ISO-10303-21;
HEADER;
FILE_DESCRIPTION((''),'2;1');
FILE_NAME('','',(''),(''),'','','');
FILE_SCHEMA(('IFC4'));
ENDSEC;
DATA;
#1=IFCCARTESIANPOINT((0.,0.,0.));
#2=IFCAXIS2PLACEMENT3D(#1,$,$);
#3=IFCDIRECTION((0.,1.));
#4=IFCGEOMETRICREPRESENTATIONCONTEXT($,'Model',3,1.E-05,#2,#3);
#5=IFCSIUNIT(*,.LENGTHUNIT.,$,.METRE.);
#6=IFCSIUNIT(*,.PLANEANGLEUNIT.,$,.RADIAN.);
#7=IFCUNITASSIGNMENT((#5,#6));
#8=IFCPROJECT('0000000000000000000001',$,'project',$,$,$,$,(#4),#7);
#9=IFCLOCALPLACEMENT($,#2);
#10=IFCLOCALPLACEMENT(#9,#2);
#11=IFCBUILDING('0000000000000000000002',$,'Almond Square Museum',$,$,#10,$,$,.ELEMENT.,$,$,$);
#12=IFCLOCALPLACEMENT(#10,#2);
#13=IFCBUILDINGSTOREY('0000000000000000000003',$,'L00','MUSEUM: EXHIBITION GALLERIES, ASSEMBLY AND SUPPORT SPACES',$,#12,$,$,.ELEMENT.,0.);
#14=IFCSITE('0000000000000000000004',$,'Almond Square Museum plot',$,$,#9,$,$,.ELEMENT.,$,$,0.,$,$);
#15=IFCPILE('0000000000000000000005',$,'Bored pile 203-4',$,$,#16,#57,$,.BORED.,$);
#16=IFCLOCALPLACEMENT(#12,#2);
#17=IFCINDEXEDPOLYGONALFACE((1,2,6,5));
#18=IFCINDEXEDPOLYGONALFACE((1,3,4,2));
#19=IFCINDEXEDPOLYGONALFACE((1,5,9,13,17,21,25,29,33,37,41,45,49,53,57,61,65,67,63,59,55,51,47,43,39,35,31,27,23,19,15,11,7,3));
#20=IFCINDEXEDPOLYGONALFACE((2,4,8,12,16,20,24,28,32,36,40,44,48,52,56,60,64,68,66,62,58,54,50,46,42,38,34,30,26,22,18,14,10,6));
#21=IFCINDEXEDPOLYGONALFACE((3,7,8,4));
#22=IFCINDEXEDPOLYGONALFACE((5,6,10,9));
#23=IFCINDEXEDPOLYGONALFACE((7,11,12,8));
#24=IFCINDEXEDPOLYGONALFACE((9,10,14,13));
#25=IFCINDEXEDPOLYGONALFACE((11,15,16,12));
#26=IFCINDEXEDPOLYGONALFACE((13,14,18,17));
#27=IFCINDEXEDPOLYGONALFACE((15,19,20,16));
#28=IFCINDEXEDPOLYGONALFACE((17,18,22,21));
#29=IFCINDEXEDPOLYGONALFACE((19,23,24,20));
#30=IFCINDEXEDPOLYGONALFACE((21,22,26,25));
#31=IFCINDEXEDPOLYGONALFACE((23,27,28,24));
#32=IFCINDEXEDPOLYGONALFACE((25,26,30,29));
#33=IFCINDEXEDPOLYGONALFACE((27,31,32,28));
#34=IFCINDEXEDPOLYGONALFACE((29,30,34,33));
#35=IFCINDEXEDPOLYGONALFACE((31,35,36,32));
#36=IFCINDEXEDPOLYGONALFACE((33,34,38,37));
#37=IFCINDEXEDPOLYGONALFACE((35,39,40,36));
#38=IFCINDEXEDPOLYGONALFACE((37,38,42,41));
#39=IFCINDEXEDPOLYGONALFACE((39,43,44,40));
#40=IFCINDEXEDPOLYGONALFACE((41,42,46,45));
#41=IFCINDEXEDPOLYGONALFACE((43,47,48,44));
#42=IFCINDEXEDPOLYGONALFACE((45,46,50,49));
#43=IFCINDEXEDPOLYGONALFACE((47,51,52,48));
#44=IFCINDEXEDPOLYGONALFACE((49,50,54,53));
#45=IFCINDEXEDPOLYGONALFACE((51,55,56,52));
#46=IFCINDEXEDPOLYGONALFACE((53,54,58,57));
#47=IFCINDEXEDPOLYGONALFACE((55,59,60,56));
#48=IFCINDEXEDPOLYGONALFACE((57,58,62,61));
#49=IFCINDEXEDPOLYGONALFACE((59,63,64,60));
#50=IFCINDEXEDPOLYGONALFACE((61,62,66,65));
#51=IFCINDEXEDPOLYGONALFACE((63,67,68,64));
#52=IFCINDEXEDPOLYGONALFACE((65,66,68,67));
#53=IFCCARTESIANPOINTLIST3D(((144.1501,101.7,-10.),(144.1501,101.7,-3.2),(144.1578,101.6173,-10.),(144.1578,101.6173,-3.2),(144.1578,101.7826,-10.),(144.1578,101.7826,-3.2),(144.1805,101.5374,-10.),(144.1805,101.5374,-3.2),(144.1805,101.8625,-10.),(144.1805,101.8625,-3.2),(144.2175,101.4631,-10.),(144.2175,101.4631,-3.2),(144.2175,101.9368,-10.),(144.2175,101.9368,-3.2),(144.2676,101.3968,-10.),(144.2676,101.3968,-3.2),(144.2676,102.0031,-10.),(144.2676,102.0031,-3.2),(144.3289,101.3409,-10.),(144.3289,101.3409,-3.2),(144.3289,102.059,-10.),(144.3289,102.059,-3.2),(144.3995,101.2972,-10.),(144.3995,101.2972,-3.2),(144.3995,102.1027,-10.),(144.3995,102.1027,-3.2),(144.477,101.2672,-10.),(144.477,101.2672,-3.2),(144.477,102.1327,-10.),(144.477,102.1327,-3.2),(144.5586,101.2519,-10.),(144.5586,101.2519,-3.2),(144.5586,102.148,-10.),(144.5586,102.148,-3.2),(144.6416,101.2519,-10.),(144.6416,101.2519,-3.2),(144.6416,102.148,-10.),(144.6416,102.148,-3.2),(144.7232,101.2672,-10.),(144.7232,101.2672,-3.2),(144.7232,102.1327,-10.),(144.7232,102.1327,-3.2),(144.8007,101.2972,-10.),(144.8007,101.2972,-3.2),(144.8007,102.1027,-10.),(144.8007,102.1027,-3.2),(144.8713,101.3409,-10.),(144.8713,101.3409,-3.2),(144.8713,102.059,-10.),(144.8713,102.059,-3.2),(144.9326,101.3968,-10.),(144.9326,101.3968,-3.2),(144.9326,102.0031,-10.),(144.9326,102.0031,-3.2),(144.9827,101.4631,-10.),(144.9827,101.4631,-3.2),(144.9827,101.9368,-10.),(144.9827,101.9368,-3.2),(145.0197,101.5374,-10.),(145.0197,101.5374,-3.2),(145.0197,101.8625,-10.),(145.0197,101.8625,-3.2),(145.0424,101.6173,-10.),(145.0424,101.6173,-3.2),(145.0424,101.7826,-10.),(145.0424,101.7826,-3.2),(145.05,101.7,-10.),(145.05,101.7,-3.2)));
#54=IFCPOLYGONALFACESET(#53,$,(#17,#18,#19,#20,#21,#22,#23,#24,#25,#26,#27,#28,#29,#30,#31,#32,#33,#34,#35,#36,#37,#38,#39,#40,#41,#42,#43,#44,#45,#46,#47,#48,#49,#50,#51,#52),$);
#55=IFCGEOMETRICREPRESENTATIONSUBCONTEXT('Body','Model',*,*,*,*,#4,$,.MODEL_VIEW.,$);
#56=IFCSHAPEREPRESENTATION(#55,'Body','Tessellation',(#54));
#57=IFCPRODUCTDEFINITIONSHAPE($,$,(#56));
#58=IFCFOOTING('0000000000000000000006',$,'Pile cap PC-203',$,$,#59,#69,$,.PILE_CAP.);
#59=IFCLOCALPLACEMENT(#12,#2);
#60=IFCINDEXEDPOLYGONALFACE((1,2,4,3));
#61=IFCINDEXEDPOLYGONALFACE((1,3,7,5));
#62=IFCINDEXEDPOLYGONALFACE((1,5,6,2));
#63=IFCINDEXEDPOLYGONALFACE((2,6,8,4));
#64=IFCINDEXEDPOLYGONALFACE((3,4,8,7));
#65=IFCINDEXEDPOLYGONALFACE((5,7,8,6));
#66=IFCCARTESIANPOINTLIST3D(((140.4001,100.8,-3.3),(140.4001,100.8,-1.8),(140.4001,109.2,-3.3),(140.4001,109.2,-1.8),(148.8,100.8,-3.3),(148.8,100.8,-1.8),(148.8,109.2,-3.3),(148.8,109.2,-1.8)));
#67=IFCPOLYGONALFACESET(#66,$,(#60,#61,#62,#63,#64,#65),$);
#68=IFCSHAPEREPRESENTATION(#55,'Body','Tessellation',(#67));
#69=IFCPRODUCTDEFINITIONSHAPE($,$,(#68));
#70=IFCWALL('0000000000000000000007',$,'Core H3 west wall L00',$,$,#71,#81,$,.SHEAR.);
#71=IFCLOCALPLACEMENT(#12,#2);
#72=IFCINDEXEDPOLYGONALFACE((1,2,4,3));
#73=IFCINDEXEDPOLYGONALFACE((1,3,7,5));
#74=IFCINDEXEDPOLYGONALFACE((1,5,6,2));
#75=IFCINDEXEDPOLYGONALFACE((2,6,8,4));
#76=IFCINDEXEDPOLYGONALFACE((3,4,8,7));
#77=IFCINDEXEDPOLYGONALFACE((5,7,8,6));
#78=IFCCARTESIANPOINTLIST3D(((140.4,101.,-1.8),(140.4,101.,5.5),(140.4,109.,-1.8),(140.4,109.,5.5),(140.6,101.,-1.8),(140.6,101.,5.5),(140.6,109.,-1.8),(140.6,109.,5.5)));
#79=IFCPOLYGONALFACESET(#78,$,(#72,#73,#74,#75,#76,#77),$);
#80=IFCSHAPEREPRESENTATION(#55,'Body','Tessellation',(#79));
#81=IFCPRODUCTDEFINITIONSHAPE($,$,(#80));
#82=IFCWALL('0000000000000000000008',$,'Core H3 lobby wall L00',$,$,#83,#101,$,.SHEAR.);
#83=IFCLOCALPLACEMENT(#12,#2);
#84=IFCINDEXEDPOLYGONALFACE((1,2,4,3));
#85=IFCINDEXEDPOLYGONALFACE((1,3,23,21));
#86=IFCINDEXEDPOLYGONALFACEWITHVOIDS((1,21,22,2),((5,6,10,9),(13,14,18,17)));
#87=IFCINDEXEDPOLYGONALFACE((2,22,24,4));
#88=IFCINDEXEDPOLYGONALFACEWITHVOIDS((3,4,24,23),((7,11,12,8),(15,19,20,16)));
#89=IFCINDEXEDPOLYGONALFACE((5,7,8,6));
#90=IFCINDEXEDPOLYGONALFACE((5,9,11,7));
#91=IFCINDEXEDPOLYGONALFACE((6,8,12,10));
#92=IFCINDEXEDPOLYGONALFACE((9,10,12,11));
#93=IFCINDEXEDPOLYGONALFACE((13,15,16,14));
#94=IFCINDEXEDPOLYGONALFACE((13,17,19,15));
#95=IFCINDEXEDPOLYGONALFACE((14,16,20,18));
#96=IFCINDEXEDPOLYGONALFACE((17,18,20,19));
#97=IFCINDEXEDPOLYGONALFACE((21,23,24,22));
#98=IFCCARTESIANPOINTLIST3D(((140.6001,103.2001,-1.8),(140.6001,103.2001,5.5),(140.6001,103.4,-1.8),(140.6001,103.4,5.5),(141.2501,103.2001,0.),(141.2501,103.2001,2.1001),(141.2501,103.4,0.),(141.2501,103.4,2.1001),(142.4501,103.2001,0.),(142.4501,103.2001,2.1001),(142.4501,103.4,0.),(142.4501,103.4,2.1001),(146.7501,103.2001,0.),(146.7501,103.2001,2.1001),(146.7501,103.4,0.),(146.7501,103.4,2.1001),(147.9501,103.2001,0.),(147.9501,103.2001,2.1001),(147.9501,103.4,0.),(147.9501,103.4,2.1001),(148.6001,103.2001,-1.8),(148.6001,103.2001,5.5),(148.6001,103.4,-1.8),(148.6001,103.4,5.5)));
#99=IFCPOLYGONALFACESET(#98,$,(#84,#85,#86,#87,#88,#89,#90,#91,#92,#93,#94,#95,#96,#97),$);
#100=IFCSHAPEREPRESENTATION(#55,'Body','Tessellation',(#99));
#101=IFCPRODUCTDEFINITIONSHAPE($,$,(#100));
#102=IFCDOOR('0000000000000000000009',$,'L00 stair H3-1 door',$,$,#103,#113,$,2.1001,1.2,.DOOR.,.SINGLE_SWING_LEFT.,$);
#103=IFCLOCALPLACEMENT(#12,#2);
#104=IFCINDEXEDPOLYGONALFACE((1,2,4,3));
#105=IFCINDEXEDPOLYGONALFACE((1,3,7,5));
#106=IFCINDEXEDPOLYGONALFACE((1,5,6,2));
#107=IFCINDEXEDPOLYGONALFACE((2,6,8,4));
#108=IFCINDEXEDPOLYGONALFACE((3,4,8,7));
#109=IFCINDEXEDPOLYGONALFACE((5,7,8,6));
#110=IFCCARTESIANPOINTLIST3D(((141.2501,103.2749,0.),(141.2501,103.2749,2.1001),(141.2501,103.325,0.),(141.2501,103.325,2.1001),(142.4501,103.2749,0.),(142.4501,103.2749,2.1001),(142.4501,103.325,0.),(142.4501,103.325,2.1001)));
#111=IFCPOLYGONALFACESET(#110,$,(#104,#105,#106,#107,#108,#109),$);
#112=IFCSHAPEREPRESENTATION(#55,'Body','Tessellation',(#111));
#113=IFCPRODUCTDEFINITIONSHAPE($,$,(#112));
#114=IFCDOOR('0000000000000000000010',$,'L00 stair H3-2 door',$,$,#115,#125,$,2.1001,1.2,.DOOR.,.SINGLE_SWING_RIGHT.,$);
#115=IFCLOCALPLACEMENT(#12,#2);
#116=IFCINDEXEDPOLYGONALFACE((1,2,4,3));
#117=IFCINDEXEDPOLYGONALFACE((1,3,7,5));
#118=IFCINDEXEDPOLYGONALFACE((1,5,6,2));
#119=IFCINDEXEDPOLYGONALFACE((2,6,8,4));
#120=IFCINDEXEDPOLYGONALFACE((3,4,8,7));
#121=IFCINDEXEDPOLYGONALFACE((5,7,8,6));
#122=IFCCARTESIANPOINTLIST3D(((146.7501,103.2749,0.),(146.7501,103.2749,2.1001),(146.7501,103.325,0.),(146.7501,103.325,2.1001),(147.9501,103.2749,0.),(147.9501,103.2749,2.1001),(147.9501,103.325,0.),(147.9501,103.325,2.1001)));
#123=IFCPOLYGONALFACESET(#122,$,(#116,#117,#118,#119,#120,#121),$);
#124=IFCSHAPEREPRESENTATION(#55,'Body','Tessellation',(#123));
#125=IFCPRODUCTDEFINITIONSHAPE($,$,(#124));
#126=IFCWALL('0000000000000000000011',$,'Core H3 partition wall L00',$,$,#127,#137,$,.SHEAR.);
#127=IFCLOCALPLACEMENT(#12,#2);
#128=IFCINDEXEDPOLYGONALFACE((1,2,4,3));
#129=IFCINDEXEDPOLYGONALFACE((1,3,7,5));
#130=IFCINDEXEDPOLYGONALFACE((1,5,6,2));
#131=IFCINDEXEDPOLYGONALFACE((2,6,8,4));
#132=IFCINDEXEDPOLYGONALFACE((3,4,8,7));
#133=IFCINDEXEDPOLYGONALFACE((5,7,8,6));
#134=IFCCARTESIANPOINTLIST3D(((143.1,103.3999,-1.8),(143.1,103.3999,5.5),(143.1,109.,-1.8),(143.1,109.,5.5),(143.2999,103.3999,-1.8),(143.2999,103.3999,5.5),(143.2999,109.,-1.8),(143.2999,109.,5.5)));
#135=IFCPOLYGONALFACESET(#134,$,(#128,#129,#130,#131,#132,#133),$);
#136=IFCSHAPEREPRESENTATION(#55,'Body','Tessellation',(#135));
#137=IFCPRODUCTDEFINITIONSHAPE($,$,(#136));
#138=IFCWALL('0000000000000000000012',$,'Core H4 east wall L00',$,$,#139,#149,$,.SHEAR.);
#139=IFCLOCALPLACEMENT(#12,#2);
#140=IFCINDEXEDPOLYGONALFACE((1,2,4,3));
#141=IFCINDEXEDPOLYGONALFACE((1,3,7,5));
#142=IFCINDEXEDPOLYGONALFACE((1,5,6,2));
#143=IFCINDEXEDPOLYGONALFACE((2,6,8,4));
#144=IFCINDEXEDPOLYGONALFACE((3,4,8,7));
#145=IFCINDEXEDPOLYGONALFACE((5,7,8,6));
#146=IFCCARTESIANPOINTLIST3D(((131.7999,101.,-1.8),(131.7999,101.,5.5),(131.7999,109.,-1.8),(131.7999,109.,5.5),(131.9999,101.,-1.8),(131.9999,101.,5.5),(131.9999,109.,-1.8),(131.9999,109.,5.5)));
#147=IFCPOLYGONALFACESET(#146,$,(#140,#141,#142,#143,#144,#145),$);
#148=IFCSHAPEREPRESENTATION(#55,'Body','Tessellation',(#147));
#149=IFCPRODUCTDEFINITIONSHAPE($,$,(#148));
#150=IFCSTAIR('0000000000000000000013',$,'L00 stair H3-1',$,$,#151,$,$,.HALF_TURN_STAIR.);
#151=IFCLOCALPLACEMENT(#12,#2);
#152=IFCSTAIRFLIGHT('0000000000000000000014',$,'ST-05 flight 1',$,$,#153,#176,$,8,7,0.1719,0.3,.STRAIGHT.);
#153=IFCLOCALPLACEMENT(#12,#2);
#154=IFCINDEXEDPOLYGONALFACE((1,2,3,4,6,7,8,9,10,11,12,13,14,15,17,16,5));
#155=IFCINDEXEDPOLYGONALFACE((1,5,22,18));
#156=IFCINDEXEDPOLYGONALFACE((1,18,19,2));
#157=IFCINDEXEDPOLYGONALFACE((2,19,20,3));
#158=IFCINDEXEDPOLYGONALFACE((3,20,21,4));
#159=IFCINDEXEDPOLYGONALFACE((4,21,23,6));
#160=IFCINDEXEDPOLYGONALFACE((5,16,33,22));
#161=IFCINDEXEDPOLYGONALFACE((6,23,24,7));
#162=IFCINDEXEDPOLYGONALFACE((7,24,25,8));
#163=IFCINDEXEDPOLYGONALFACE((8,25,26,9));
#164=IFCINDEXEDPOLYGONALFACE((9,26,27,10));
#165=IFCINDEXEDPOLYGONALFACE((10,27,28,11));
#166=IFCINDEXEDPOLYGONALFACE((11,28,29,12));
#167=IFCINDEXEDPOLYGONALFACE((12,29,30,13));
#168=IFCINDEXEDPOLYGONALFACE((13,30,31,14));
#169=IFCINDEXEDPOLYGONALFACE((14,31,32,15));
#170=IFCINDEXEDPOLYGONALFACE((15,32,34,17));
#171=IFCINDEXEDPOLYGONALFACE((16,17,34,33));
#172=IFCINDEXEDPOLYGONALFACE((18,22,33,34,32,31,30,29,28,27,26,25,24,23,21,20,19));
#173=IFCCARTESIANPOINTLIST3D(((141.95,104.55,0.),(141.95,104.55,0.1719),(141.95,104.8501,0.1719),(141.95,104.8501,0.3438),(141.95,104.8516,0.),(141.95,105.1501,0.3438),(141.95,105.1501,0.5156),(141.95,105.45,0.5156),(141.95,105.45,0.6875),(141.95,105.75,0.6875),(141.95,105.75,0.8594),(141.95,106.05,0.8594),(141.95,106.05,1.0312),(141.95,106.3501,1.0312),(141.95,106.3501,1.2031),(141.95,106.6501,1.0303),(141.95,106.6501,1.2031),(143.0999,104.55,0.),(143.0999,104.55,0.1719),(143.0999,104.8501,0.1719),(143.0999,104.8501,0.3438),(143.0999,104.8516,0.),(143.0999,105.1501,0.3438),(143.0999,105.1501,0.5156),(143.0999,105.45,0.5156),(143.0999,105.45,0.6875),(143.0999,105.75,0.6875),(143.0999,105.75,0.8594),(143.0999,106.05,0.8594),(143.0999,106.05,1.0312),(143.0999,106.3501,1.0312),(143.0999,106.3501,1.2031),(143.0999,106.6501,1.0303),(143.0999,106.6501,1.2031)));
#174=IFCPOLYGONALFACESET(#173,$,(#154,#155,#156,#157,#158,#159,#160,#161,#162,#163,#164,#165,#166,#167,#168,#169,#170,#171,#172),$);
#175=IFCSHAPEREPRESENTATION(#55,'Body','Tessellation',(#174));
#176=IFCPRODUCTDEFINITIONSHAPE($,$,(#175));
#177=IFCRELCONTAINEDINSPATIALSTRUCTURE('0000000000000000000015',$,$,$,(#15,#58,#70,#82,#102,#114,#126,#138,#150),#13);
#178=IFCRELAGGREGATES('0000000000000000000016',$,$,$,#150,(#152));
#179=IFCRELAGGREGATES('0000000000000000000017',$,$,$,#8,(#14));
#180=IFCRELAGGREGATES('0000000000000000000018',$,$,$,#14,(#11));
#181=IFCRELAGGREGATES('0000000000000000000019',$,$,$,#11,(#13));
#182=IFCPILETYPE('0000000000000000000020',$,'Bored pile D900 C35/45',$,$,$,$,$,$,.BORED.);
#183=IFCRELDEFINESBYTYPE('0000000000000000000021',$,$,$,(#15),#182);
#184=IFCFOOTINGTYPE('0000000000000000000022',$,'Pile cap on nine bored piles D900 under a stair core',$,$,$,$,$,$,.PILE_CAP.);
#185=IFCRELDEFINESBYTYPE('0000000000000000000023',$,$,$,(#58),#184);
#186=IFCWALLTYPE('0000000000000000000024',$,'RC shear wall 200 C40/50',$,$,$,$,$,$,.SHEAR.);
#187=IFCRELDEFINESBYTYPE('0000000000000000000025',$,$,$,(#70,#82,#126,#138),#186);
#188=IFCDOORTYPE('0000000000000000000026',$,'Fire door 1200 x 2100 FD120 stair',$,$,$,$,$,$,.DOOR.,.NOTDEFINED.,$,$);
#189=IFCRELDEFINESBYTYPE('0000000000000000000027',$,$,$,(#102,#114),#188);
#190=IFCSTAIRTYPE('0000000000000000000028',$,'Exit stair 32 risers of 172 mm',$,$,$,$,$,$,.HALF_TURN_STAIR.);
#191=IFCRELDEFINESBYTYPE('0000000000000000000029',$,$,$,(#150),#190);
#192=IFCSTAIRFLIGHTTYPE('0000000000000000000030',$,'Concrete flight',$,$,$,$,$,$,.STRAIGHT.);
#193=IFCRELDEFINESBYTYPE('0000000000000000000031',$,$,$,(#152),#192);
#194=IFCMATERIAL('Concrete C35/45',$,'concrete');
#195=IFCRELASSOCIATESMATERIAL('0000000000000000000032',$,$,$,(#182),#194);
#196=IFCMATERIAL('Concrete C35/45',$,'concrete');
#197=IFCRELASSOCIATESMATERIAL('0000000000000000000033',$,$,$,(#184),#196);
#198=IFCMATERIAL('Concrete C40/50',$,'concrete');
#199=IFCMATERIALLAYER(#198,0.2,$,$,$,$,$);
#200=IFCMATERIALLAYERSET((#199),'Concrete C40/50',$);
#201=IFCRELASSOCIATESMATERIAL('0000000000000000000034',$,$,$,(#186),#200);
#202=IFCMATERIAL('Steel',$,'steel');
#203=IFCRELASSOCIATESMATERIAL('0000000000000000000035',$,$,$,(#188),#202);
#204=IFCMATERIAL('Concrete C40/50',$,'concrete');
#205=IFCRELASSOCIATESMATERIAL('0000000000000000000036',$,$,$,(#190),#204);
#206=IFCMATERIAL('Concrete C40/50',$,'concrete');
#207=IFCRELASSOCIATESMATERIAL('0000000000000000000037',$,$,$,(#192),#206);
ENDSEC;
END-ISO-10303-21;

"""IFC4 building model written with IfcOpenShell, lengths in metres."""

from ifc_helpers import new_model, si_unit, direction, frame, frame_2d, origin, origin_2d, place, context, subcontext, project, spatial, polyline, rectangle, circle, outline, extrude, material, layer, layer_set, material_profile, profile_set, type_object, element, fill, aggregate, save


model = new_model("IFC4")

# Units and contexts
model_context = context("Model", 3, precision=1e-05, world=origin(), true_north=direction((0.0, 1.0)))
body_context = subcontext(model_context, "Body", "Model", "MODEL_VIEW")
ifc_project = project(units=[si_unit("LENGTHUNIT", "METRE"), si_unit("PLANEANGLEUNIT", "RADIAN")], contexts=[model_context])

# Site, building, storey
site_placement = place(None, origin())
site = spatial("IfcSite", under=ifc_project, at=site_placement, Name="Almond Square Museum plot", CompositionType="ELEMENT", RefElevation=0.0)
building_placement = place(site_placement, origin())
building = spatial("IfcBuilding", under=site, at=building_placement, Name="Almond Square Museum", CompositionType="ELEMENT")
storey_placement = place(building_placement, origin())
storey = spatial("IfcBuildingStorey", under=building, at=storey_placement, Name="L00", Description="MUSEUM: EXHIBITION GALLERIES, ASSEMBLY AND SUPPORT SPACES", CompositionType="ELEMENT", Elevation=0.0)

# Pile
ifc_material_1 = material(Name="Concrete C35/45", Category="concrete")
ifc_material_profile = material_profile(ifc_material_1, circle(Radius=0.45, at=origin_2d()))
ifc_profile_set = profile_set([ifc_material_profile], Name="Concrete C35/45")
pile_type = type_object("IfcPileType", Name="Bored pile D900 C35/45", PredefinedType="BORED", material=ifc_profile_set)
for number, where, z_axis, x_axis, name in (
    (1, (144.6001, 101.7, -3.2), (0.0, 0.0, -1.0), (1.0, 0.0, 0.0), "Bored pile 203-4"),
):
    element("IfcPile", number, at=place(storey_placement, frame(where, z_axis=z_axis, x_axis=x_axis)), inside=storey, type_object=pile_type, Name=name, PredefinedType="BORED", context=body_context, shape_type="SweptSolid", body=[
        extrude(circle(Radius=0.45, at=origin_2d()), origin(), (0.0, 0.0, 1.0), 6.8),
    ])

# Footing
ifc_material_2 = material(Name="Concrete C35/45", Category="concrete")
footing_type = type_object("IfcFootingType", Name="Pile cap on nine bored piles D900 under a stair core", PredefinedType="PILE_CAP", material=ifc_material_2)
footing_placement = place(storey_placement, frame((144.6001, 105.0, -3.3), z_axis=(0.0, 0.0, 1.0), x_axis=(1.0, 0.0, 0.0)))
element("IfcFooting", 2, at=footing_placement, inside=storey, type_object=footing_type, Name="Pile cap PC-203", PredefinedType="PILE_CAP", context=body_context, shape_type="SweptSolid", body=[
    extrude(rectangle(XDim=8.3999, YDim=8.3999, at=origin_2d()), origin(), (0.0, 0.0, 1.0), 1.5),
])

# Wall
ifc_material_3 = material(Name="Concrete C40/50", Category="concrete")
ifc_layer = layer(ifc_material_3, 0.2)
ifc_layer_set = layer_set([ifc_layer], Name="Concrete C40/50")
wall_type = type_object("IfcWallType", Name="RC shear wall 200 C40/50", PredefinedType="SHEAR", material=ifc_layer_set)
wall_1_placement = place(storey_placement, frame((140.5, 101.0, -1.8), z_axis=(0.0, 0.0, 1.0), x_axis=(0.0, 1.0, 0.0)))
element("IfcWall", 3, at=wall_1_placement, inside=storey, type_object=wall_type, Name="Core H3 west wall L00", PredefinedType="SHEAR", context=body_context, shape_type="SweptSolid", body=[
    extrude(rectangle(XDim=8.0, YDim=0.2, at=frame_2d((4.0, 0.0))), origin(), (0.0, 0.0, 1.0), 7.3),
])

# Wall, openings, doors
wall_2_placement = place(storey_placement, frame((140.6001, 103.3, -1.8), z_axis=(0.0, 0.0, 1.0), x_axis=(1.0, 0.0, 0.0)))
wall_2 = element("IfcWall", 4, at=wall_2_placement, inside=storey, type_object=wall_type, Name="Core H3 lobby wall L00", PredefinedType="SHEAR", context=body_context, shape_type="SweptSolid", body=[
    extrude(rectangle(XDim=8.0, YDim=0.2, at=frame_2d((4.0, 0.0))), origin(), (0.0, 0.0, 1.0), 7.3),
])
opening_1_placement = place(wall_2_placement, frame((0.6499, 0.0, 1.8)))
opening_1 = element("IfcOpeningElement", 5, at=opening_1_placement, cuts=wall_2, PredefinedType="OPENING", context=body_context, shape_type="SweptSolid", body=[
    extrude(rectangle(XDim=1.2, YDim=2.1001, at=frame_2d((0.6001, 1.05))), frame((0.0, 0.1099, 0.0), z_axis=(0.0, -1.0, 0.0), x_axis=(1.0, 0.0, 0.0)), (0.0, 0.0, 1.0), 0.22),
])
opening_2_placement = place(wall_2_placement, frame((6.1499, 0.0, 1.8)))
opening_2 = element("IfcOpeningElement", 6, at=opening_2_placement, cuts=wall_2, PredefinedType="OPENING", context=body_context, shape_type="SweptSolid", body=[
    extrude(rectangle(XDim=1.2, YDim=2.1001, at=frame_2d((0.6001, 1.05))), frame((0.0, 0.1099, 0.0), z_axis=(0.0, -1.0, 0.0), x_axis=(1.0, 0.0, 0.0)), (0.0, 0.0, 1.0), 0.22),
])
ifc_material_4 = material(Name="Steel", Category="steel")
door_type = type_object("IfcDoorType", Name="Fire door 1200 x 2100 FD120 stair", OperationType="NOTDEFINED", PredefinedType="DOOR", material=ifc_material_4)
door_1_placement = place(opening_1_placement, origin())
door_1 = element("IfcDoor", 7, at=door_1_placement, inside=storey, type_object=door_type, Name="L00 stair H3-1 door", OperationType="SINGLE_SWING_LEFT", OverallHeight=2.1001, OverallWidth=1.2, PredefinedType="DOOR", context=body_context, shape_type="SweptSolid", body=[
    extrude(rectangle(XDim=1.2, YDim=2.1001, at=frame_2d((0.6001, 1.05))), frame((0.0, 0.0249, 0.0), z_axis=(0.0, -1.0, 0.0), x_axis=(1.0, 0.0, 0.0)), (0.0, 0.0, 1.0), 0.05),
])
fill(opening_1, door_1)
door_2_placement = place(opening_2_placement, origin())
door_2 = element("IfcDoor", 8, at=door_2_placement, inside=storey, type_object=door_type, Name="L00 stair H3-2 door", OperationType="SINGLE_SWING_RIGHT", OverallHeight=2.1001, OverallWidth=1.2, PredefinedType="DOOR", context=body_context, shape_type="SweptSolid", body=[
    extrude(rectangle(XDim=1.2, YDim=2.1001, at=frame_2d((0.6001, 1.05))), frame((0.0, 0.0249, 0.0), z_axis=(0.0, -1.0, 0.0), x_axis=(1.0, 0.0, 0.0)), (0.0, 0.0, 1.0), 0.05),
])
fill(opening_2, door_2)

# Walls
wall_3_placement = place(storey_placement, frame((143.2, 103.3999, -1.8), z_axis=(0.0, 0.0, 1.0), x_axis=(0.0, 1.0, 0.0)))
element("IfcWall", 9, at=wall_3_placement, inside=storey, type_object=wall_type, Name="Core H3 partition wall L00", PredefinedType="SHEAR", context=body_context, shape_type="SweptSolid", body=[
    extrude(rectangle(XDim=5.6001, YDim=0.2, at=frame_2d((2.8, 0.0))), origin(), (0.0, 0.0, 1.0), 7.3),
])
wall_4_placement = place(storey_placement, frame((131.8999, 101.0, -1.8), z_axis=(0.0, 0.0, 1.0), x_axis=(0.0, 1.0, 0.0)))
element("IfcWall", 10, at=wall_4_placement, inside=storey, type_object=wall_type, Name="Core H4 east wall L00", PredefinedType="SHEAR", context=body_context, shape_type="SweptSolid", body=[
    extrude(rectangle(XDim=8.0, YDim=0.2, at=frame_2d((4.0, 0.0))), origin(), (0.0, 0.0, 1.0), 7.3),
])

# Stair, stair flight
ifc_material_5 = material(Name="Concrete C40/50", Category="concrete")
stair_type = type_object("IfcStairType", Name="Exit stair 32 risers of 172 mm", PredefinedType="HALF_TURN_STAIR", material=ifc_material_5)
stair_1_placement = place(storey_placement, origin())
stair_1 = element("IfcStair", 11, at=stair_1_placement, inside=storey, type_object=stair_type, Name="L00 stair H3-1", PredefinedType="HALF_TURN_STAIR")
ifc_material_6 = material(Name="Concrete C40/50", Category="concrete")
stair_flight_type = type_object("IfcStairFlightType", Name="Concrete flight", PredefinedType="STRAIGHT", material=ifc_material_6)
stair_flight_1_placement = place(storey_placement, frame((142.5249, 104.55, 0.0), z_axis=(0.0, 0.0, 1.0), x_axis=(0.0, 1.0, 0.0)))
stair_flight_1 = element("IfcStairFlight", 12, at=stair_flight_1_placement, type_object=stair_flight_type, Name="ST-05 flight 1", NumberOfRisers=8, NumberOfTreads=7, PredefinedType="STRAIGHT", RiserHeight=0.1719, TreadLength=0.3, context=body_context, shape_type="SweptSolid", body=[
    extrude(outline(polyline([(0.0, 0.0), (0.0, 0.1719), (0.3, 0.1719), (0.3, 0.3438), (0.6001, 0.3438), (0.6001, 0.5156), (0.8999, 0.5156), (0.8999, 0.6875), (1.2, 0.6875), (1.2, 0.8594), (1.5, 0.8594), (1.5, 1.0312), (1.8, 1.0312), (1.8, 1.2031), (2.1001, 1.2031), (2.1001, 1.375), (2.1001, 1.0303), (0.3015, 0.0), (0.0, 0.0)])), frame((0.0, 0.575, 0.0), z_axis=(0.0, -1.0, 0.0), x_axis=(1.0, 0.0, 0.0)), (0.0, 0.0, 1.0), 1.1499),
])
aggregate(stair_1, [stair_flight_1])

save(model, "model.ifc")
